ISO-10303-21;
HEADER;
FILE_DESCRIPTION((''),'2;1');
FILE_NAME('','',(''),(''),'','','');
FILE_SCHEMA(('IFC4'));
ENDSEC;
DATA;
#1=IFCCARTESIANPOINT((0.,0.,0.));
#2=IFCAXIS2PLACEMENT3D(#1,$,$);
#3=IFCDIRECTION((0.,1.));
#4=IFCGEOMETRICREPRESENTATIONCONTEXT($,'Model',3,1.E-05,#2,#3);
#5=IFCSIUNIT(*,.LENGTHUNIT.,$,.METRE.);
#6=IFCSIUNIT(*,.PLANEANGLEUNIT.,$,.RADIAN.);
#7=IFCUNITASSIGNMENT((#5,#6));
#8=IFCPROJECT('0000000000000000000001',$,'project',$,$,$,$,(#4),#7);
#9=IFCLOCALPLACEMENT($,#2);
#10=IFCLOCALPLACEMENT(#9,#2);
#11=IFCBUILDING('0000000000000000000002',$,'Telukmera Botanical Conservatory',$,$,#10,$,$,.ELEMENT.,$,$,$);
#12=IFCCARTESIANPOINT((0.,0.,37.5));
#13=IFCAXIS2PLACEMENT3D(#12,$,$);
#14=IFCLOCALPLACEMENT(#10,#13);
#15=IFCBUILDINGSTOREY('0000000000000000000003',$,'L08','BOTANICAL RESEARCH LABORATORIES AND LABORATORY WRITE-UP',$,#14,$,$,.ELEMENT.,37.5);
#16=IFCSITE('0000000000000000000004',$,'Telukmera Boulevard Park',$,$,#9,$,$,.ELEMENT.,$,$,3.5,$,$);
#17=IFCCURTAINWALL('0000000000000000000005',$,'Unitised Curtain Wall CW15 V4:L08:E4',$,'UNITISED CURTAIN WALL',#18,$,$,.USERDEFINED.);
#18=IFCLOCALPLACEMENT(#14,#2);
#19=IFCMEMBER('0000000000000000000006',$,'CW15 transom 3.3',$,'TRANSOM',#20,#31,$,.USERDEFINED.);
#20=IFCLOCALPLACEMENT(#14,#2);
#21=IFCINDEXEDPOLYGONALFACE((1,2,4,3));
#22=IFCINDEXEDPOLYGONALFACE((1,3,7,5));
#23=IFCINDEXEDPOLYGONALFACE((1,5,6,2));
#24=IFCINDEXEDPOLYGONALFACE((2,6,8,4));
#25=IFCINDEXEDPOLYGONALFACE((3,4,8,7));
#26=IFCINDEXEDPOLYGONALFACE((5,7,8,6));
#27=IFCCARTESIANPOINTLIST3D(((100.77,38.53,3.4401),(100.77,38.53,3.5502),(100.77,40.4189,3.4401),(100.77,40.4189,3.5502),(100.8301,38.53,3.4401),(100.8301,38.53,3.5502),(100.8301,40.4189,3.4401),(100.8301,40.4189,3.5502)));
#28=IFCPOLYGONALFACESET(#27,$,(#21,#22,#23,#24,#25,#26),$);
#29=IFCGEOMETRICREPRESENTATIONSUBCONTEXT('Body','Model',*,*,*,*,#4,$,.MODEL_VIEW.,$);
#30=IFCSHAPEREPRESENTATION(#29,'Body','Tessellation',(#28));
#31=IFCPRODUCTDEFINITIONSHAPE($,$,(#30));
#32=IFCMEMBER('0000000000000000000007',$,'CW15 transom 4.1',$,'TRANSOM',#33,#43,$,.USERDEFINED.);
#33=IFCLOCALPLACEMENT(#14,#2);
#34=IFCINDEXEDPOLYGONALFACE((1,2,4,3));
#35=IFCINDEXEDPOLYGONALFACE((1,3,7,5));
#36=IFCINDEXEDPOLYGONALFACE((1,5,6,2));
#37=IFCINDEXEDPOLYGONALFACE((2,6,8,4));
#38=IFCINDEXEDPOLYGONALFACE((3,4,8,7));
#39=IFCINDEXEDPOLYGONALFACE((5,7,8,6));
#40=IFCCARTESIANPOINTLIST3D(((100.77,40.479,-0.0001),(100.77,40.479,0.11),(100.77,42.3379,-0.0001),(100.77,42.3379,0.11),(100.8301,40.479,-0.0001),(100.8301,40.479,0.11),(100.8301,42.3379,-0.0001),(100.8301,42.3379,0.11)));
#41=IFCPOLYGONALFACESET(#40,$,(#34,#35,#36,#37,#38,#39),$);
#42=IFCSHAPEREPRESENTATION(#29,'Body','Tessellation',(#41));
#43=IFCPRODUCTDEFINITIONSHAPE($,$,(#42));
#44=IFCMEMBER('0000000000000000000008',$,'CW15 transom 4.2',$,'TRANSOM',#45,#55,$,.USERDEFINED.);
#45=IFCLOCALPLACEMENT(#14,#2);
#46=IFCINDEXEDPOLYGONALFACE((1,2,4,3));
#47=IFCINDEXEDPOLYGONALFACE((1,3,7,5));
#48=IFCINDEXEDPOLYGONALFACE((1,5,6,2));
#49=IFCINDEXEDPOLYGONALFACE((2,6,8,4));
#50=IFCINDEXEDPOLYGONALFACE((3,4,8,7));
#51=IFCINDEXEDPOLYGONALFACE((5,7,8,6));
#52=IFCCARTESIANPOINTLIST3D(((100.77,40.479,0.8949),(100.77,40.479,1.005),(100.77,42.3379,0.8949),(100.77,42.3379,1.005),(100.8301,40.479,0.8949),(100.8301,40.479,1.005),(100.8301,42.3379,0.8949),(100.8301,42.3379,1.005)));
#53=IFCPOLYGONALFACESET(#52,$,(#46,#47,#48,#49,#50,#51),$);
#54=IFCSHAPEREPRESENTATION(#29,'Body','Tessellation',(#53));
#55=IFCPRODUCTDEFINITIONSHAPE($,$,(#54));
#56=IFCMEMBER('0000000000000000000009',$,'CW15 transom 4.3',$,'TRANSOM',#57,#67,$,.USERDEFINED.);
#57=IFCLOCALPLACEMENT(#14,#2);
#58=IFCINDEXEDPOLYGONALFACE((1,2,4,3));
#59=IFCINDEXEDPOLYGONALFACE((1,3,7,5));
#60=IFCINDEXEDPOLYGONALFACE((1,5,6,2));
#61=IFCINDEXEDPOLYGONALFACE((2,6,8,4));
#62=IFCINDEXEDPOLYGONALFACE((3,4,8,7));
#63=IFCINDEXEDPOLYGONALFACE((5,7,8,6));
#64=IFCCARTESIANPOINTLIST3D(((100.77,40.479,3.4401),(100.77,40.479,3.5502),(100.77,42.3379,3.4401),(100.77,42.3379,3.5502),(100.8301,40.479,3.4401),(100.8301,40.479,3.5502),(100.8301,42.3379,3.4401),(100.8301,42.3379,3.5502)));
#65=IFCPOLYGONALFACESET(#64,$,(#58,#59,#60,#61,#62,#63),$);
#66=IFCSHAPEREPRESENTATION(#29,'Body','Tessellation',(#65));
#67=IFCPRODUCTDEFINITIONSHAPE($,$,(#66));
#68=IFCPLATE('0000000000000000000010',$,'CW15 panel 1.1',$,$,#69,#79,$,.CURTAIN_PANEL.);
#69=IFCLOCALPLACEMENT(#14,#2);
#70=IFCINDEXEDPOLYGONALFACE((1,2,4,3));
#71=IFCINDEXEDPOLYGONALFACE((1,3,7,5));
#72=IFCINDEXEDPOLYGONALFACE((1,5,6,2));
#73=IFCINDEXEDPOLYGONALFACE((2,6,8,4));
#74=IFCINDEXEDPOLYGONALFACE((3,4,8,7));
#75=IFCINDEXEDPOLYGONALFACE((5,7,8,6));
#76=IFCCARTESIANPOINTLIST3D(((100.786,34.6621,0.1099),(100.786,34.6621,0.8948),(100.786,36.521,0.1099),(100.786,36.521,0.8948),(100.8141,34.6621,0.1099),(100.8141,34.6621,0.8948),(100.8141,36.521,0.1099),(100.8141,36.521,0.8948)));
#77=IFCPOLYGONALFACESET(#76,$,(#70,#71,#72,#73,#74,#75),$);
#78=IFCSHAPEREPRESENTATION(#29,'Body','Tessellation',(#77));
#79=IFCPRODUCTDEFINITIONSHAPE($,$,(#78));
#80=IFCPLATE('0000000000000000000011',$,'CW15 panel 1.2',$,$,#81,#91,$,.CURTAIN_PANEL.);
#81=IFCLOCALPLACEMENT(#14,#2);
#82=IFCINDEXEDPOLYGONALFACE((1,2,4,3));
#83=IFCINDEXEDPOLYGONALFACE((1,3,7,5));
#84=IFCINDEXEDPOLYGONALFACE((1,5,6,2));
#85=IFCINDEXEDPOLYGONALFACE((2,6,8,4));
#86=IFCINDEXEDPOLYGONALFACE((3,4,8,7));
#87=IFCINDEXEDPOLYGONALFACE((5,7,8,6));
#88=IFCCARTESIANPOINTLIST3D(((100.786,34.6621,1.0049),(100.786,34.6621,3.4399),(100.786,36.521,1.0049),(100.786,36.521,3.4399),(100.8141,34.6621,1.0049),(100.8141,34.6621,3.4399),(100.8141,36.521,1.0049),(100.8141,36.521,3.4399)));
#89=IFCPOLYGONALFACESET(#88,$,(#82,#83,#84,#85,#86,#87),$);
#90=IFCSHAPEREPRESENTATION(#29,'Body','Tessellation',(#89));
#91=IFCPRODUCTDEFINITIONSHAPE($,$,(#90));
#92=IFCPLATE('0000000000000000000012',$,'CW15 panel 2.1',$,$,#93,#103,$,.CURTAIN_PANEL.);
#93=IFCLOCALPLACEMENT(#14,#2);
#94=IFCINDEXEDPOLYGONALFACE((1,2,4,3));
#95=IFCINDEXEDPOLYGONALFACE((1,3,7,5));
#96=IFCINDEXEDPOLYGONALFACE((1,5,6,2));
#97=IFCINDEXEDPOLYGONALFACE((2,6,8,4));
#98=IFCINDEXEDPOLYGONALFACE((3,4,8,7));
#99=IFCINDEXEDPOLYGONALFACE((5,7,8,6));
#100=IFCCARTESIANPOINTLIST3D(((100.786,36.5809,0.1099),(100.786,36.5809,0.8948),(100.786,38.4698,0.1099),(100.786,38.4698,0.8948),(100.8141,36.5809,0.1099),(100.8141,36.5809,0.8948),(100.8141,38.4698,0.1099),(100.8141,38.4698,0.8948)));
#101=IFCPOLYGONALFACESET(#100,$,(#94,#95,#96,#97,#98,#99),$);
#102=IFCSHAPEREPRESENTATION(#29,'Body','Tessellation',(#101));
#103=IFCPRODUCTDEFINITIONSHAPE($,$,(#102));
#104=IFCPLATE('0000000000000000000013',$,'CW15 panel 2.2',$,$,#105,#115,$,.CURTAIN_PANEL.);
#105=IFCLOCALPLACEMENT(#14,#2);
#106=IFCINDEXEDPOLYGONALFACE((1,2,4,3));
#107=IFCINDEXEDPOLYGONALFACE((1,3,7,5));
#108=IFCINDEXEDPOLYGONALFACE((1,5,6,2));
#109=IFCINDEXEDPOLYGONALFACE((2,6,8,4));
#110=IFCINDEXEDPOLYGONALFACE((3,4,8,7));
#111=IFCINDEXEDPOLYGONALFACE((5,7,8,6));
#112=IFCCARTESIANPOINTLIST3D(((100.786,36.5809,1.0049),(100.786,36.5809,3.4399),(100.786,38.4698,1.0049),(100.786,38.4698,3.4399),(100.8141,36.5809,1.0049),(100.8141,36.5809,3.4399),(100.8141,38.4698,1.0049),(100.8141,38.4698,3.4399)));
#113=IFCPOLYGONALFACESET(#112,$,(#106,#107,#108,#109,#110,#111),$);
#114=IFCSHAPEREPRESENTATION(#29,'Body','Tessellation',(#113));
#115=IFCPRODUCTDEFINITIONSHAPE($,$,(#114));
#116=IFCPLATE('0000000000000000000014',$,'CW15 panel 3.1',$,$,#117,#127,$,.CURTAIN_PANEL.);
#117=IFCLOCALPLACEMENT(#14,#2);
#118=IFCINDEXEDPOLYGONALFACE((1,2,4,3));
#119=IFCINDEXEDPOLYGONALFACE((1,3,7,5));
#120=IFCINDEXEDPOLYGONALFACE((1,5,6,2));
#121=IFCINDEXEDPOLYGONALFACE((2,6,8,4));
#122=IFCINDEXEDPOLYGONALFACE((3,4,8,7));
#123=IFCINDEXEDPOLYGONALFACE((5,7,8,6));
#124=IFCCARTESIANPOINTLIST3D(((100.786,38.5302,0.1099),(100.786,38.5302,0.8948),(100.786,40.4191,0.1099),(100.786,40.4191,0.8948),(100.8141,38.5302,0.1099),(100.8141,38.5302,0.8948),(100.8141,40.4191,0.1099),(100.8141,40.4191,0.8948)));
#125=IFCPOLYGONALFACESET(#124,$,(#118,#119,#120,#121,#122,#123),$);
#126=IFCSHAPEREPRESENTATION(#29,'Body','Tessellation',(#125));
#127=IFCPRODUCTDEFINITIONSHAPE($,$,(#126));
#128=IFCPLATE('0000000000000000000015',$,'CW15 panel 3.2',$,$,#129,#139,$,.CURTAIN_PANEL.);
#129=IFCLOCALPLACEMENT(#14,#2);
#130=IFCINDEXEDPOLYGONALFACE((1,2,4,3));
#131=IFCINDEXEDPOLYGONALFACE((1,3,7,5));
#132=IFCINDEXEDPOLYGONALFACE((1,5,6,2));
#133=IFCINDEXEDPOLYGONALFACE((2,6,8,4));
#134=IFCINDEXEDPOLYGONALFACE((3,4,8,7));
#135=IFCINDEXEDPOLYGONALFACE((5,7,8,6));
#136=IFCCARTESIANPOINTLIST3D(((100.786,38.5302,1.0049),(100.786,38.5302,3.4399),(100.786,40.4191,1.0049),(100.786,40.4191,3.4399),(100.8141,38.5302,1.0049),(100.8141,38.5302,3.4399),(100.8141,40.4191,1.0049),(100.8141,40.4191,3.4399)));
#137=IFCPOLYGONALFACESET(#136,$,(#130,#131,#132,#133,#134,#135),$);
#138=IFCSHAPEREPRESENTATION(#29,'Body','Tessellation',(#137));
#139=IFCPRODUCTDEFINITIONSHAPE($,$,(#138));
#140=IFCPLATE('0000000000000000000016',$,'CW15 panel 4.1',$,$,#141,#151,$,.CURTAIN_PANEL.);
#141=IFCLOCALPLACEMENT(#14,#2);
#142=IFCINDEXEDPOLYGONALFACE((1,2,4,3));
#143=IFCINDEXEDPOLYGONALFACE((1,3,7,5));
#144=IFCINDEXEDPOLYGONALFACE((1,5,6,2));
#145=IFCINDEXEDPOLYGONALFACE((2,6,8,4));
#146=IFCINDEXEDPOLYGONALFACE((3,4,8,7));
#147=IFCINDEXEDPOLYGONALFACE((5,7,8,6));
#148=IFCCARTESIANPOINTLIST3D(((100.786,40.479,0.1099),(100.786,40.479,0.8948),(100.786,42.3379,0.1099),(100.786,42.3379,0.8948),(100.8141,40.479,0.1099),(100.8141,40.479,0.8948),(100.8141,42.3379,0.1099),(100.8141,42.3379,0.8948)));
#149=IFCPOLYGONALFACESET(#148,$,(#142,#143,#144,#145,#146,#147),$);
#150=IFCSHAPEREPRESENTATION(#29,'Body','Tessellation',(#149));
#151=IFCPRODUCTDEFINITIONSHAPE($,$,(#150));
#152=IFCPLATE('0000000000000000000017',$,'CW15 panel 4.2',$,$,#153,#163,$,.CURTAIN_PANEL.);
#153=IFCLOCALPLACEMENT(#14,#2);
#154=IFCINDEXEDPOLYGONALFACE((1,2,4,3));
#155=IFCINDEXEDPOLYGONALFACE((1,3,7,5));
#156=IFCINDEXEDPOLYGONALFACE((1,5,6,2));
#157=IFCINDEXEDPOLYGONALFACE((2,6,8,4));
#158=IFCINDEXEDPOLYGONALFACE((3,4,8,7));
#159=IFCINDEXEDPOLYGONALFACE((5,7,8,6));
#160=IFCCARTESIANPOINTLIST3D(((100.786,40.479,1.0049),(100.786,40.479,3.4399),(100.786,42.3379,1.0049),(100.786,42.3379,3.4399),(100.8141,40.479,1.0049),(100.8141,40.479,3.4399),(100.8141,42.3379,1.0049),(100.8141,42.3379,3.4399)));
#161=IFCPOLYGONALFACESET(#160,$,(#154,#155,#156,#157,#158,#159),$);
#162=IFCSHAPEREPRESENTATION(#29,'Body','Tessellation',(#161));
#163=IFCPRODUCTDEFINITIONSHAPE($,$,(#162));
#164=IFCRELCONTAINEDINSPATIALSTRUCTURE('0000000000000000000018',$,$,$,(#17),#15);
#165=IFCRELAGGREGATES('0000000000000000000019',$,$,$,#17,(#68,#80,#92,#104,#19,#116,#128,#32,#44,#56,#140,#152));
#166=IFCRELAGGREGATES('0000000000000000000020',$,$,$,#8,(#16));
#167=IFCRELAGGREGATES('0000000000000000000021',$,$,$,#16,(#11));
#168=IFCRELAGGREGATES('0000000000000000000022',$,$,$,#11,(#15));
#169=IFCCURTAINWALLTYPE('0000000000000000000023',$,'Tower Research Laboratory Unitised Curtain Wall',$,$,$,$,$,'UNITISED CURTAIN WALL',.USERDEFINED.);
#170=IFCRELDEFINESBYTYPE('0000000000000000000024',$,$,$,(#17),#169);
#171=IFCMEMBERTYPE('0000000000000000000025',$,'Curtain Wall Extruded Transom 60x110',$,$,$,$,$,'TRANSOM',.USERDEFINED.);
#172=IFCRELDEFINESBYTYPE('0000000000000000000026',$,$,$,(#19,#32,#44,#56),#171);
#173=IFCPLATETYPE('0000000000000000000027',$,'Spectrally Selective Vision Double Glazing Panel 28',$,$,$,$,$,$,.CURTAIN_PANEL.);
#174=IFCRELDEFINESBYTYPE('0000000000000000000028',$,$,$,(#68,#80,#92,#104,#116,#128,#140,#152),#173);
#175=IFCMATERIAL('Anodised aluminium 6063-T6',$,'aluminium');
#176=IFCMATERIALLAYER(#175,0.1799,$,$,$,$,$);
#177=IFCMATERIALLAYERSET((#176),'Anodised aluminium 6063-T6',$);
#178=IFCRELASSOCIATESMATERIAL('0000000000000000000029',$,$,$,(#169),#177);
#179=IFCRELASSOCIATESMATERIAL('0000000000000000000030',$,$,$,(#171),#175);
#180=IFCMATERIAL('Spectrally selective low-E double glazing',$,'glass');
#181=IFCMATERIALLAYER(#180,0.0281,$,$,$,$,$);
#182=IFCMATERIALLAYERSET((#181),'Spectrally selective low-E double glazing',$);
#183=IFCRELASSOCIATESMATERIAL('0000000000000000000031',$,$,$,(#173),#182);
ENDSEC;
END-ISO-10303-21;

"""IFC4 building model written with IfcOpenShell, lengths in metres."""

from ifc_helpers import new_model, si_unit, direction, frame, origin, origin_2d, place, context, subcontext, project, spatial, rectangle, extrude, material, layer, layer_set, material_profile, profile_set, type_object, element, aggregate, save


model = new_model("IFC4")

# Units and contexts
model_context = context("Model", 3, precision=1e-05, world=origin(), true_north=direction((0.0, 1.0)))
body_context = subcontext(model_context, "Body", "Model", "MODEL_VIEW")
ifc_project = project(units=[si_unit("LENGTHUNIT", "METRE"), si_unit("PLANEANGLEUNIT", "RADIAN")], contexts=[model_context])

# Site, building, storey
site_placement = place(None, origin())
site = spatial("IfcSite", under=ifc_project, at=site_placement, Name="Telukmera Boulevard Park", CompositionType="ELEMENT", RefElevation=3.5)
building_placement = place(site_placement, origin())
building = spatial("IfcBuilding", under=site, at=building_placement, Name="Telukmera Botanical Conservatory", CompositionType="ELEMENT")
storey_placement = place(building_placement, frame((0.0, 0.0, 37.5)))
storey = spatial("IfcBuildingStorey", under=building, at=storey_placement, Name="L08", Description="BOTANICAL RESEARCH LABORATORIES AND LABORATORY WRITE-UP", CompositionType="ELEMENT", Elevation=37.5)

# Shared definitions
ifc_material_1 = material(Name="Anodised aluminium 6063-T6", Category="aluminium")
ifc_layer_1 = layer(ifc_material_1, 0.1799)
ifc_layer_set_1 = layer_set([ifc_layer_1], Name="Anodised aluminium 6063-T6")
curtain_wall_type = type_object("IfcCurtainWallType", Name="Tower Research Laboratory Unitised Curtain Wall", ElementType="UNITISED CURTAIN WALL", PredefinedType="USERDEFINED", material=ifc_layer_set_1)

# Curtain wall, members, plates
curtain_wall_1_placement = place(storey_placement, origin())
curtain_wall_1 = element("IfcCurtainWall", 1, at=curtain_wall_1_placement, inside=storey, type_object=curtain_wall_type, Name="Unitised Curtain Wall CW15 V4:L08:E4", ObjectType="UNITISED CURTAIN WALL", PredefinedType="USERDEFINED")
ifc_material_profile_1 = material_profile(ifc_material_1, rectangle(XDim=0.0601, YDim=0.1101, at=origin_2d()), Name="ALU TRAN 60x110")
ifc_profile_set_1 = profile_set([ifc_material_profile_1], Name="Anodised aluminium 6063-T6")
member_type_1 = type_object("IfcMemberType", Name="Curtain Wall Extruded Transom 60x110", ElementType="TRANSOM", PredefinedType="USERDEFINED", material=ifc_profile_set_1)
member_1_placement = place(storey_placement, frame((100.8, 38.53, 3.4951), z_axis=(0.0, 1.0, 0.0), x_axis=(-1.0, 0.0, 0.0)))
member_1 = element("IfcMember", 2, at=member_1_placement, type_object=member_type_1, Name="CW15 transom 3.3", ObjectType="TRANSOM", PredefinedType="USERDEFINED", context=body_context, shape_type="SweptSolid", body=[
    extrude(rectangle(XDim=0.0601, YDim=0.1101, at=origin_2d()), origin(), (0.0, 0.0, 1.0), 1.8889),
])
member_2_placement = place(storey_placement, frame((100.8, 40.479, 0.0549), z_axis=(0.0, 1.0, 0.0), x_axis=(-1.0, 0.0, 0.0)))
member_2 = element("IfcMember", 3, at=member_2_placement, type_object=member_type_1, Name="CW15 transom 4.1", ObjectType="TRANSOM", PredefinedType="USERDEFINED", context=body_context, shape_type="SweptSolid", body=[
    extrude(rectangle(XDim=0.0601, YDim=0.1101, at=origin_2d()), origin(), (0.0, 0.0, 1.0), 1.8589),
])
member_3_placement = place(storey_placement, frame((100.8, 40.479, 0.95), z_axis=(0.0, 1.0, 0.0), x_axis=(-1.0, 0.0, 0.0)))
member_3 = element("IfcMember", 4, at=member_3_placement, type_object=member_type_1, Name="CW15 transom 4.2", ObjectType="TRANSOM", PredefinedType="USERDEFINED", context=body_context, shape_type="SweptSolid", body=[
    extrude(rectangle(XDim=0.0601, YDim=0.1101, at=origin_2d()), origin(), (0.0, 0.0, 1.0), 1.8589),
])
member_4_placement = place(storey_placement, frame((100.8, 40.479, 3.4951), z_axis=(0.0, 1.0, 0.0), x_axis=(-1.0, 0.0, 0.0)))
member_4 = element("IfcMember", 5, at=member_4_placement, type_object=member_type_1, Name="CW15 transom 4.3", ObjectType="TRANSOM", PredefinedType="USERDEFINED", context=body_context, shape_type="SweptSolid", body=[
    extrude(rectangle(XDim=0.0601, YDim=0.1101, at=origin_2d()), origin(), (0.0, 0.0, 1.0), 1.8589),
])
ifc_material_2 = material(Name="Spectrally selective low-E double glazing", Category="glass")
ifc_layer_2 = layer(ifc_material_2, 0.0281)
ifc_layer_set_2 = layer_set([ifc_layer_2], Name="Spectrally selective low-E double glazing")
plate_type = type_object("IfcPlateType", Name="Spectrally Selective Vision Double Glazing Panel 28", PredefinedType="CURTAIN_PANEL", material=ifc_layer_set_2)
plate_1_placement = place(storey_placement, frame((100.8, 35.5916, 0.1099), z_axis=(0.0, 0.0, 1.0), x_axis=(0.0, 1.0, 0.0)))
plate_1 = element("IfcPlate", 6, at=plate_1_placement, type_object=plate_type, Name="CW15 panel 1.1", PredefinedType="CURTAIN_PANEL", context=body_context, shape_type="SweptSolid", body=[
    extrude(rectangle(XDim=1.8589, YDim=0.0281, at=origin_2d()), origin(), (0.0, 0.0, 1.0), 0.7849),
])
plate_2_placement = place(storey_placement, frame((100.8, 35.5916, 1.0049), z_axis=(0.0, 0.0, 1.0), x_axis=(0.0, 1.0, 0.0)))
plate_2 = element("IfcPlate", 7, at=plate_2_placement, type_object=plate_type, Name="CW15 panel 1.2", PredefinedType="CURTAIN_PANEL", context=body_context, shape_type="SweptSolid", body=[
    extrude(rectangle(XDim=1.8589, YDim=0.0281, at=origin_2d()), origin(), (0.0, 0.0, 1.0), 2.4351),
])
plate_3_placement = place(storey_placement, frame((100.8, 37.5254, 0.1099), z_axis=(0.0, 0.0, 1.0), x_axis=(0.0, 1.0, 0.0)))
plate_3 = element("IfcPlate", 8, at=plate_3_placement, type_object=plate_type, Name="CW15 panel 2.1", PredefinedType="CURTAIN_PANEL", context=body_context, shape_type="SweptSolid", body=[
    extrude(rectangle(XDim=1.8889, YDim=0.0281, at=origin_2d()), origin(), (0.0, 0.0, 1.0), 0.7849),
])
plate_4_placement = place(storey_placement, frame((100.8, 37.5254, 1.0049), z_axis=(0.0, 0.0, 1.0), x_axis=(0.0, 1.0, 0.0)))
plate_4 = element("IfcPlate", 9, at=plate_4_placement, type_object=plate_type, Name="CW15 panel 2.2", PredefinedType="CURTAIN_PANEL", context=body_context, shape_type="SweptSolid", body=[
    extrude(rectangle(XDim=1.8889, YDim=0.0281, at=origin_2d()), origin(), (0.0, 0.0, 1.0), 2.4351),
])
plate_5_placement = place(storey_placement, frame((100.8, 39.4746, 0.1099), z_axis=(0.0, 0.0, 1.0), x_axis=(0.0, 1.0, 0.0)))
plate_5 = element("IfcPlate", 10, at=plate_5_placement, type_object=plate_type, Name="CW15 panel 3.1", PredefinedType="CURTAIN_PANEL", context=body_context, shape_type="SweptSolid", body=[
    extrude(rectangle(XDim=1.8889, YDim=0.0281, at=origin_2d()), origin(), (0.0, 0.0, 1.0), 0.7849),
])
plate_6_placement = place(storey_placement, frame((100.8, 39.4746, 1.0049), z_axis=(0.0, 0.0, 1.0), x_axis=(0.0, 1.0, 0.0)))
plate_6 = element("IfcPlate", 11, at=plate_6_placement, type_object=plate_type, Name="CW15 panel 3.2", PredefinedType="CURTAIN_PANEL", context=body_context, shape_type="SweptSolid", body=[
    extrude(rectangle(XDim=1.8889, YDim=0.0281, at=origin_2d()), origin(), (0.0, 0.0, 1.0), 2.4351),
])
plate_7_placement = place(storey_placement, frame((100.8, 41.4084, 0.1099), z_axis=(0.0, 0.0, 1.0), x_axis=(0.0, 1.0, 0.0)))
plate_7 = element("IfcPlate", 12, at=plate_7_placement, type_object=plate_type, Name="CW15 panel 4.1", PredefinedType="CURTAIN_PANEL", context=body_context, shape_type="SweptSolid", body=[
    extrude(rectangle(XDim=1.8589, YDim=0.0281, at=origin_2d()), origin(), (0.0, 0.0, 1.0), 0.7849),
])
plate_8_placement = place(storey_placement, frame((100.8, 41.4084, 1.0049), z_axis=(0.0, 0.0, 1.0), x_axis=(0.0, 1.0, 0.0)))
plate_8 = element("IfcPlate", 13, at=plate_8_placement, type_object=plate_type, Name="CW15 panel 4.2", PredefinedType="CURTAIN_PANEL", context=body_context, shape_type="SweptSolid", body=[
    extrude(rectangle(XDim=1.8589, YDim=0.0281, at=origin_2d()), origin(), (0.0, 0.0, 1.0), 2.4351),
])
aggregate(curtain_wall_1, [plate_1, plate_2, plate_3, plate_4, member_1, plate_5, plate_6, member_2, member_3, member_4, plate_7, plate_8])

save(model, "model.ifc")
